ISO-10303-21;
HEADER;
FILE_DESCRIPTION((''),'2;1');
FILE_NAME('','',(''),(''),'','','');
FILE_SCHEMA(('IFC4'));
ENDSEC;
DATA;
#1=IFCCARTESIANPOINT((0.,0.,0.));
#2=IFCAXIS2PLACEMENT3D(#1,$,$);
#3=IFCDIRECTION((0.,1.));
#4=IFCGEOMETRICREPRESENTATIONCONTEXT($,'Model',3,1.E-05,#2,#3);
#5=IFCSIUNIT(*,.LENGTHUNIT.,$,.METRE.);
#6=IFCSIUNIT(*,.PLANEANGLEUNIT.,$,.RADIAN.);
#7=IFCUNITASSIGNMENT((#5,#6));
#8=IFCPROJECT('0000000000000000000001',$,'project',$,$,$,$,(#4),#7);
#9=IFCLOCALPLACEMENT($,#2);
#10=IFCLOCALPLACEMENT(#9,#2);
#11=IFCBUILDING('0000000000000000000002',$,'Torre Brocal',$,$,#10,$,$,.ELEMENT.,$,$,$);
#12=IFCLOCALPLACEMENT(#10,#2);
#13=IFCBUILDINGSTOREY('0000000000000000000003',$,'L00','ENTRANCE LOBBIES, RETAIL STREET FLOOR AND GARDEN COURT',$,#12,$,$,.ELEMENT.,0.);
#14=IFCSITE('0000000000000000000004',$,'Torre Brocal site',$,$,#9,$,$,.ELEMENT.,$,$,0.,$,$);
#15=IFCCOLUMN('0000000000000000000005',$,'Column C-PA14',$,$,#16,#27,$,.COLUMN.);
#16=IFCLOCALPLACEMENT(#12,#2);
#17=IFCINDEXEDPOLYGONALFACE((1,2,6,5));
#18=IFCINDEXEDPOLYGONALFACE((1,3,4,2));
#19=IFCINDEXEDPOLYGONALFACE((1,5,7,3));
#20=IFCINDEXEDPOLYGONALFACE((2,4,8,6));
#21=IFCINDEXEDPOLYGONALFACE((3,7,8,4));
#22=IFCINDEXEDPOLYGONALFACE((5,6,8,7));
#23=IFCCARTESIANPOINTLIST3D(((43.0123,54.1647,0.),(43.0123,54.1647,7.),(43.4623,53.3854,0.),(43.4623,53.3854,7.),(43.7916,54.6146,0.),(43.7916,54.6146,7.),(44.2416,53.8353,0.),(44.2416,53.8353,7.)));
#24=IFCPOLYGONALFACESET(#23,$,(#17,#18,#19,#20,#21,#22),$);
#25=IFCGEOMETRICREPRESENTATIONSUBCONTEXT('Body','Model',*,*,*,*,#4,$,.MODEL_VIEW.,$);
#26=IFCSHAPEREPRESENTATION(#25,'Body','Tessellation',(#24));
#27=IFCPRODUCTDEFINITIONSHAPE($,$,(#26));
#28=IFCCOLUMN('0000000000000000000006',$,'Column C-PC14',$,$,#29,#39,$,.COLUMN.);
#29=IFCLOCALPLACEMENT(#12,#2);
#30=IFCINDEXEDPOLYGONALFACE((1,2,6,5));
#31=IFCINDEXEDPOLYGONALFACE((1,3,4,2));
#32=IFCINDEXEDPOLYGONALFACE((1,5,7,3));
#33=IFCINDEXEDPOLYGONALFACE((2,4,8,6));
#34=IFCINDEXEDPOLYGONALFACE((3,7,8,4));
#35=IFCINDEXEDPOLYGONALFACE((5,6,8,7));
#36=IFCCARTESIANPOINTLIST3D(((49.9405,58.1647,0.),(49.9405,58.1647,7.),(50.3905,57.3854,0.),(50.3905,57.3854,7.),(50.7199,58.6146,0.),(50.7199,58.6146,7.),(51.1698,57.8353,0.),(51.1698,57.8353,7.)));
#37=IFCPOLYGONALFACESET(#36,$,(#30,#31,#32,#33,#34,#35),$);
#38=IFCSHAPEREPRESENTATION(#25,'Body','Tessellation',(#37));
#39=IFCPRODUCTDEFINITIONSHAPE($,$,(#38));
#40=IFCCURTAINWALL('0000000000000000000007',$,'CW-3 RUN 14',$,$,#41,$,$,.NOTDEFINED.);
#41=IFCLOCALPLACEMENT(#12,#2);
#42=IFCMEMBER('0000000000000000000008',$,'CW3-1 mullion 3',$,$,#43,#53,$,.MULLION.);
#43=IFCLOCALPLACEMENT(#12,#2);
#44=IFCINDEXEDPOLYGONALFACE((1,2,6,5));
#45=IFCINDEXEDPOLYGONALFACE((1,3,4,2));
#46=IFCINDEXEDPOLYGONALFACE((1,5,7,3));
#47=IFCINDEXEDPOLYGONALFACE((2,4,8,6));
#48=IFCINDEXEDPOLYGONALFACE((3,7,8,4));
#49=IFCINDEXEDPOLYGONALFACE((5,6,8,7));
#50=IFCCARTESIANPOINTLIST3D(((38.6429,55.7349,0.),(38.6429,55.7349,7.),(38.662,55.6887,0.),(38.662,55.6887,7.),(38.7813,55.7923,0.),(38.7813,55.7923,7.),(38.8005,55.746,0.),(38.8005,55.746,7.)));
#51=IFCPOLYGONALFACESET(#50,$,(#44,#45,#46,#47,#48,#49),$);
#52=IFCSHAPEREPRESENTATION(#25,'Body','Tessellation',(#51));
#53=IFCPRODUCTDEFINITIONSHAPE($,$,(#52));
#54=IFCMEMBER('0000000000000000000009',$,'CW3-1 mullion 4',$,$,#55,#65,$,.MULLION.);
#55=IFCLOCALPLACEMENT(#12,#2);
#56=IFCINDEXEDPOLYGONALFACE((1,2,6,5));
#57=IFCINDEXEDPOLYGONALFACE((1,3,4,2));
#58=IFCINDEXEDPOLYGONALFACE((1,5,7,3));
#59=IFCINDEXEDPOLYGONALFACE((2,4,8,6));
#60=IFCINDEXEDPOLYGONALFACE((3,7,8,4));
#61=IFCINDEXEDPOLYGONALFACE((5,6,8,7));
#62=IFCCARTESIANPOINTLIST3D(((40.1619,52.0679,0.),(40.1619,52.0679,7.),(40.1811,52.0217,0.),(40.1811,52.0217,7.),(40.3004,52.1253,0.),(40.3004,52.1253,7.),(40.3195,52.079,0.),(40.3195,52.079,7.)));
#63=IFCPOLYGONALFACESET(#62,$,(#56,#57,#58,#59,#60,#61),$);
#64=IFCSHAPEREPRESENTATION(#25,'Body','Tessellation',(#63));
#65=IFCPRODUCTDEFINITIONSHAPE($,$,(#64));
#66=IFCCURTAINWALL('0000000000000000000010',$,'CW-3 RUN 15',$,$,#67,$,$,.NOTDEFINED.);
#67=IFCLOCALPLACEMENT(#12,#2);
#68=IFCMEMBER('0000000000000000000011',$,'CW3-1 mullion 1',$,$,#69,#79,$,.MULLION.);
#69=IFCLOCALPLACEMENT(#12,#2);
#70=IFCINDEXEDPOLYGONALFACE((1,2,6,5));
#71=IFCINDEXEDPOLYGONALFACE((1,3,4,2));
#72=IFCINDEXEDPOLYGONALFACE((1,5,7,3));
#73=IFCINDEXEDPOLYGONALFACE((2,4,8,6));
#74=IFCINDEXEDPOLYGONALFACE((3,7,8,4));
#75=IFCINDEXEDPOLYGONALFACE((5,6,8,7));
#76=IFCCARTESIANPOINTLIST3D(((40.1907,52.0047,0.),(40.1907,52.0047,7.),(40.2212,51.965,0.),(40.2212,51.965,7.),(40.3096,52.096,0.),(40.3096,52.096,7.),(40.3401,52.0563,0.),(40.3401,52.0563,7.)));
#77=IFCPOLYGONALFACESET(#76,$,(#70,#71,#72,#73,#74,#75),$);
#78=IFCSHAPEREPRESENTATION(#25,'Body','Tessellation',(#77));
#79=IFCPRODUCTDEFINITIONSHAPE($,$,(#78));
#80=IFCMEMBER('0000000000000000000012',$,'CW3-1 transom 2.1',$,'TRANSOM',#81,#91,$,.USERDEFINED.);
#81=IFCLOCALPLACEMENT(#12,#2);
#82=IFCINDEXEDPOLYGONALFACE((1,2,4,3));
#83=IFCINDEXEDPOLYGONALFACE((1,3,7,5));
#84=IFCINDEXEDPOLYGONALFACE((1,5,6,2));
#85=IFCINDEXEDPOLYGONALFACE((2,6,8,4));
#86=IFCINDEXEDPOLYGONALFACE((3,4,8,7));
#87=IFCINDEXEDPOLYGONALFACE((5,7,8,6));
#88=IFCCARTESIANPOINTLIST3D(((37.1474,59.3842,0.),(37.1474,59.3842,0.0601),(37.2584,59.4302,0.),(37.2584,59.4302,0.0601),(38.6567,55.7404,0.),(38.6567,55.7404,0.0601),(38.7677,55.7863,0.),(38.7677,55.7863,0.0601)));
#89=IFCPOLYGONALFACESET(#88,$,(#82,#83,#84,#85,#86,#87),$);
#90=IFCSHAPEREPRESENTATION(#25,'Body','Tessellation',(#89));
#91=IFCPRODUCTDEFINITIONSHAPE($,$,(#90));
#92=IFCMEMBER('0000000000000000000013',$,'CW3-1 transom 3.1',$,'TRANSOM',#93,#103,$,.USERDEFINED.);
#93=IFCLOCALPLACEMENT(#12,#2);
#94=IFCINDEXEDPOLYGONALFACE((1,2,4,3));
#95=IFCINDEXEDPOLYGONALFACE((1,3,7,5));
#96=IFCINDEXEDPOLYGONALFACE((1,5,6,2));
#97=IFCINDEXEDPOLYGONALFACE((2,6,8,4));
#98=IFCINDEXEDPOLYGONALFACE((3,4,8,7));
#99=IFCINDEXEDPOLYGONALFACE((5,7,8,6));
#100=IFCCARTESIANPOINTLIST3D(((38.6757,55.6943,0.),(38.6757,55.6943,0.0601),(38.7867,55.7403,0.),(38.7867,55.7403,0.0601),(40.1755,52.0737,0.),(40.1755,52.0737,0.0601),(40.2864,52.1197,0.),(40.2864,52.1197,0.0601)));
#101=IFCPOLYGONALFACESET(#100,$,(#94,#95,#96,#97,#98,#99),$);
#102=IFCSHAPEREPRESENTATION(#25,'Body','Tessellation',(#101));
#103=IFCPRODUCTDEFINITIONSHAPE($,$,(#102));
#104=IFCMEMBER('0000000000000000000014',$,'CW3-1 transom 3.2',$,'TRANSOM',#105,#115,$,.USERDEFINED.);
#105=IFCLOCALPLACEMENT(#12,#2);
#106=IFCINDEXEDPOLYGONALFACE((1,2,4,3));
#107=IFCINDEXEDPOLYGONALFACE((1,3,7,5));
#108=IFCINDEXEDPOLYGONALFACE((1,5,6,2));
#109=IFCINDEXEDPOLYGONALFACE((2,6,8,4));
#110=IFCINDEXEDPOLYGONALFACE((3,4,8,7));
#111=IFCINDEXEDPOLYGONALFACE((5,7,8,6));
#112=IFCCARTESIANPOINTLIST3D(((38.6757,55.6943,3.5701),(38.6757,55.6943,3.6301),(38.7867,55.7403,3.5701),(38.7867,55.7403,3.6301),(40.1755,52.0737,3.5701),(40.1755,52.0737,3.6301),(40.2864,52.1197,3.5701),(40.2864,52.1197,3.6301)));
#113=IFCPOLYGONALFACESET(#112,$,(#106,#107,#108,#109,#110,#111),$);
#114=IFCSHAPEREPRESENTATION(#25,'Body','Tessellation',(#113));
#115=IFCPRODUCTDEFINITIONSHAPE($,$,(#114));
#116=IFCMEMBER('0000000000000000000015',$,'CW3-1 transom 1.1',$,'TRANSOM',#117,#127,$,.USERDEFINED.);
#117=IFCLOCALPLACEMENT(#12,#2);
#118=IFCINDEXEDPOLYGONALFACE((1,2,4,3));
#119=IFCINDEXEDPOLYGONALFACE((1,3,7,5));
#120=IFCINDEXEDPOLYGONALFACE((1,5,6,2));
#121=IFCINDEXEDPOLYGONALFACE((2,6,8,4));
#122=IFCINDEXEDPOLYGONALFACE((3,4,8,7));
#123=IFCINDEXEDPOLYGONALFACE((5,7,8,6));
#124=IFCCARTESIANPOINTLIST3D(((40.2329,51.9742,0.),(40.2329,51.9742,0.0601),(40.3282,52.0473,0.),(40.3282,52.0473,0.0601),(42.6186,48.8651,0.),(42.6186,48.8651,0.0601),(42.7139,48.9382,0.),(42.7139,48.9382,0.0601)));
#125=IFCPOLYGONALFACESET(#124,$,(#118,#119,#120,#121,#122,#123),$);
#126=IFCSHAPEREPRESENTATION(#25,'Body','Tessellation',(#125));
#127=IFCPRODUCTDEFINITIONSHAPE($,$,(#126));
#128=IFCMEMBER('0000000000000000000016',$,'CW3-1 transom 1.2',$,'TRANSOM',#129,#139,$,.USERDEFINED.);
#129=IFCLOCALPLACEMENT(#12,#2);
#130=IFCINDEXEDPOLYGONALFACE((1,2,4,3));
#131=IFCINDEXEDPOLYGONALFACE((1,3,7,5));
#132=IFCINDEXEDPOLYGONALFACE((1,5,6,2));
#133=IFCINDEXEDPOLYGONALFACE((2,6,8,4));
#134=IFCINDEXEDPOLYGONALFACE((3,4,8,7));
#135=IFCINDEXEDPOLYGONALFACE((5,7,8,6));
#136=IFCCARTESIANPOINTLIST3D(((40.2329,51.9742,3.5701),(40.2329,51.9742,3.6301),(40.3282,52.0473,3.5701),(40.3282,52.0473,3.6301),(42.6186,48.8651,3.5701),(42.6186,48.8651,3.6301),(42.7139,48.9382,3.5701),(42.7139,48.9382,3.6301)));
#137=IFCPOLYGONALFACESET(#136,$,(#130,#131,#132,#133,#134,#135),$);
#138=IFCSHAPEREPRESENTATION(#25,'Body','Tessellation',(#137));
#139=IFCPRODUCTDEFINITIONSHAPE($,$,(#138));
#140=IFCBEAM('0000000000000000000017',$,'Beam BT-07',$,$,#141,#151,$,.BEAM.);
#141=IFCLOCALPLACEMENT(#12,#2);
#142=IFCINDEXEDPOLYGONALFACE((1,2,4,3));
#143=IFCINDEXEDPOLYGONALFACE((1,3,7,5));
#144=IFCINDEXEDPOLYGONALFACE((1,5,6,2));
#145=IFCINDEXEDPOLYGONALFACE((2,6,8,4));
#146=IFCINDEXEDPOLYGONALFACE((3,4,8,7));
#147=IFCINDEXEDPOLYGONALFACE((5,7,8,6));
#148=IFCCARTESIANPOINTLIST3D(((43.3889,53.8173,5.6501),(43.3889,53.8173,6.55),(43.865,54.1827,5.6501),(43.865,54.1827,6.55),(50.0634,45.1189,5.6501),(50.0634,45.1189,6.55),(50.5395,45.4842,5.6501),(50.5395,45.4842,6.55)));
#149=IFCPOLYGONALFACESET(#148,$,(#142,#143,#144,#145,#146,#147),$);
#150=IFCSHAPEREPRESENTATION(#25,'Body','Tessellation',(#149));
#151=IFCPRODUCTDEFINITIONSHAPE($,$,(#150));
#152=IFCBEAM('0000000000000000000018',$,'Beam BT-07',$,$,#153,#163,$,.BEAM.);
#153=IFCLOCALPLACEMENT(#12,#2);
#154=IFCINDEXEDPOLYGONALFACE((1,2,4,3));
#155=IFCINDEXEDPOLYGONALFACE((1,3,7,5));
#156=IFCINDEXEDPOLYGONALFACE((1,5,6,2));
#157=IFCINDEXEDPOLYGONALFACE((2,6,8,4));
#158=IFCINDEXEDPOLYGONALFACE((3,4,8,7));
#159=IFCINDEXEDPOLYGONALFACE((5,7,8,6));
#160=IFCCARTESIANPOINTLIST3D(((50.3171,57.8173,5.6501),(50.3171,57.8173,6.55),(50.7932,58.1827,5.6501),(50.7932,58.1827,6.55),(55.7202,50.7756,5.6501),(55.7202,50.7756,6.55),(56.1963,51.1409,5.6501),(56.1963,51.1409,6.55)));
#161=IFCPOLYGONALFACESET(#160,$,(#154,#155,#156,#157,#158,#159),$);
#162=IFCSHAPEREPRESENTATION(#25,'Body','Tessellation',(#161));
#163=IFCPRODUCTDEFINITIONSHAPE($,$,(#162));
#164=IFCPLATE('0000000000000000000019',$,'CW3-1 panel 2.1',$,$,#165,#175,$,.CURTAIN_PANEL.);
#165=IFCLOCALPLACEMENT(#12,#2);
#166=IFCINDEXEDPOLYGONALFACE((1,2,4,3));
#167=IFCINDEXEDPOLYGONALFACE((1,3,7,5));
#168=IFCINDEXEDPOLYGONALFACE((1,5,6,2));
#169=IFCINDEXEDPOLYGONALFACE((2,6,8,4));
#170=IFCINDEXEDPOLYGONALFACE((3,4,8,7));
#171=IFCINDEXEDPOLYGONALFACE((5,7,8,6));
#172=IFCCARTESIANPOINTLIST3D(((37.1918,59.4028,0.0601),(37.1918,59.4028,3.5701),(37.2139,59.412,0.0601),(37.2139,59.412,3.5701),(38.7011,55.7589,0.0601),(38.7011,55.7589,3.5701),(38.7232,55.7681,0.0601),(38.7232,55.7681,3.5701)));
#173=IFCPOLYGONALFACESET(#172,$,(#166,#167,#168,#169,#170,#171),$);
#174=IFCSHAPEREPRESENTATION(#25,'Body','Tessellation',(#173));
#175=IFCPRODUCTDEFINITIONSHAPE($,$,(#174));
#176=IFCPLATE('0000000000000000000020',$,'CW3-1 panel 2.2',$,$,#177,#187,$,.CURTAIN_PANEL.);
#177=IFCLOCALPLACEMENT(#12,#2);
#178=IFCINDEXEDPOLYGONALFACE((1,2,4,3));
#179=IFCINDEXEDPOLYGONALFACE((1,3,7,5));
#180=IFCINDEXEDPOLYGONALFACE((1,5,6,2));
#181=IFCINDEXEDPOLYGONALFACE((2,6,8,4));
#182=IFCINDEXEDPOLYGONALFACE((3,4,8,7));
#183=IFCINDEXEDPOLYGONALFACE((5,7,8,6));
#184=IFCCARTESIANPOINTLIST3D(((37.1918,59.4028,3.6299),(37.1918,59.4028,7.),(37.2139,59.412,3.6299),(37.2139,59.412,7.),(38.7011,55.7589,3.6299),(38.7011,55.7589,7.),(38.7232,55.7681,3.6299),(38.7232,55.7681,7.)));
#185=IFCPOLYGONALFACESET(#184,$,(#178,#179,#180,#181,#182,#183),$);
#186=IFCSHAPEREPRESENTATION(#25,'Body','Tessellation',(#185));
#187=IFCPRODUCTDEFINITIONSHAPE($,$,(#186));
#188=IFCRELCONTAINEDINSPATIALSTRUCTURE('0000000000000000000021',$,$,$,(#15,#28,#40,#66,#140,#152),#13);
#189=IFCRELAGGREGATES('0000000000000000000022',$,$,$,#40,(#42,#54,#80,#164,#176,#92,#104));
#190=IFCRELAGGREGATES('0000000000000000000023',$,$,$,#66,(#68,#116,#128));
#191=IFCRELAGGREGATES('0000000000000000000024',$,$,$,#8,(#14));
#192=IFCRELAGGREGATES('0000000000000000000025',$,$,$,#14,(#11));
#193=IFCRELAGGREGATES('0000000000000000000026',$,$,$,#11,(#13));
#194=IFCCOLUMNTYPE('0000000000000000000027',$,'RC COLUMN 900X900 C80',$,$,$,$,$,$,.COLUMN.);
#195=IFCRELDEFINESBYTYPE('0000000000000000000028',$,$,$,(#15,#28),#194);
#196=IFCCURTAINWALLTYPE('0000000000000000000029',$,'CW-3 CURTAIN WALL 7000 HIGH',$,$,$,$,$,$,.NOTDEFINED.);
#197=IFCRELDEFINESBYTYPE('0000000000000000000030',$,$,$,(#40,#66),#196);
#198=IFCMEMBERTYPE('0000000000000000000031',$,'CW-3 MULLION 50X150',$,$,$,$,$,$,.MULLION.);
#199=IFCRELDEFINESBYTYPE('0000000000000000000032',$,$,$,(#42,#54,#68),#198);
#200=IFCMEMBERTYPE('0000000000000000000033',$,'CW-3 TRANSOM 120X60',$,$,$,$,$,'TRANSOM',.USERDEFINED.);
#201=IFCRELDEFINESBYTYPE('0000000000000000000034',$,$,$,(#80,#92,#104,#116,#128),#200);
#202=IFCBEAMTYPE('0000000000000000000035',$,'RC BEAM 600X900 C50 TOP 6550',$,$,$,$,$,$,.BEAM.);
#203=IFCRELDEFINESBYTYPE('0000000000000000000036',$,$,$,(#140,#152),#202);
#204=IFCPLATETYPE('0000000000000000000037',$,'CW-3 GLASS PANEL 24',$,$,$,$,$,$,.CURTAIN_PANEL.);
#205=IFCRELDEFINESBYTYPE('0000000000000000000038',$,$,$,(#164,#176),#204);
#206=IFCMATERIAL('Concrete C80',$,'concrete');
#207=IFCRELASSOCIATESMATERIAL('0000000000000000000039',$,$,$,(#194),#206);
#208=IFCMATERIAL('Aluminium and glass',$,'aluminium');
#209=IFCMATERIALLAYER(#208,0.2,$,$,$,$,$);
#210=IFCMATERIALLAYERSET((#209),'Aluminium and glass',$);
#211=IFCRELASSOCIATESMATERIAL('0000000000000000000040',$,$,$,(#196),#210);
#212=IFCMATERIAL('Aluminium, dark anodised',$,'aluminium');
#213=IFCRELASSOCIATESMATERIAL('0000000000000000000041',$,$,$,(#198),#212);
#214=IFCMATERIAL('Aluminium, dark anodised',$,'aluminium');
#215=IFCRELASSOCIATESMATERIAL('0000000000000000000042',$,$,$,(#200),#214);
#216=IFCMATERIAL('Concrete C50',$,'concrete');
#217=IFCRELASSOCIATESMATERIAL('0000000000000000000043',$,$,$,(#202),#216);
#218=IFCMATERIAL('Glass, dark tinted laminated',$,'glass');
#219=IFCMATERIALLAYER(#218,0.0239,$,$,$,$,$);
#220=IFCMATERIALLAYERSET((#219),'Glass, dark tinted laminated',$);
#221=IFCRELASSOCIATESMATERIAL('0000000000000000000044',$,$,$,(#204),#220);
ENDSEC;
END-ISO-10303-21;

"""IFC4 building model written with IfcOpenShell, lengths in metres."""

from ifc_helpers import new_model, si_unit, direction, frame, origin, origin_2d, place, context, subcontext, project, spatial, rectangle, extrude, material, layer, layer_set, material_profile, profile_set, type_object, element, aggregate, save


model = new_model("IFC4")

# Units and contexts
model_context = context("Model", 3, precision=1e-05, world=origin(), true_north=direction((0.0, 1.0)))
body_context = subcontext(model_context, "Body", "Model", "MODEL_VIEW")
ifc_project = project(units=[si_unit("LENGTHUNIT", "METRE"), si_unit("PLANEANGLEUNIT", "RADIAN")], contexts=[model_context])

# Site, building, storey
site_placement = place(None, origin())
site = spatial("IfcSite", under=ifc_project, at=site_placement, Name="Torre Brocal site", CompositionType="ELEMENT", RefElevation=0.0)
building_placement = place(site_placement, origin())
building = spatial("IfcBuilding", under=site, at=building_placement, Name="Torre Brocal", CompositionType="ELEMENT")
storey_placement = place(building_placement, origin())
storey = spatial("IfcBuildingStorey", under=building, at=storey_placement, Name="L00", Description="ENTRANCE LOBBIES, RETAIL STREET FLOOR AND GARDEN COURT", CompositionType="ELEMENT", Elevation=0.0)

# Columns
ifc_material_1 = material(Name="Concrete C80", Category="concrete")
ifc_material_profile_1 = material_profile(ifc_material_1, rectangle(XDim=0.8999, YDim=0.8999, at=origin_2d()), Name="RC 900X900")
ifc_profile_set_1 = profile_set([ifc_material_profile_1], Name="Concrete C80")
column_type = type_object("IfcColumnType", Name="RC COLUMN 900X900 C80", PredefinedType="COLUMN", material=ifc_profile_set_1)
for number, where, z_axis, x_axis, name in (
    (1, (43.627, 54.0, 0.0), (0.0, 0.0, 1.0), (-0.866025, -0.5, 0.0), "Column C-PA14"),
    (2, (50.5552, 58.0, 0.0), (0.0, 0.0, 1.0), (-0.866025, -0.5, 0.0), "Column C-PC14"),
):
    element("IfcColumn", number, at=place(storey_placement, frame(where, z_axis=z_axis, x_axis=x_axis)), inside=storey, type_object=column_type, Name=name, PredefinedType="COLUMN", context=body_context, shape_type="SweptSolid", body=[
        extrude(rectangle(XDim=0.8999, YDim=0.8999, at=origin_2d()), origin(), (0.0, 0.0, 1.0), 7.0),
    ])

# Curtain wall, members
ifc_material_2 = material(Name="Aluminium and glass", Category="aluminium")
ifc_layer_1 = layer(ifc_material_2, 0.2)
ifc_layer_set_1 = layer_set([ifc_layer_1], Name="Aluminium and glass")
curtain_wall_type = type_object("IfcCurtainWallType", Name="CW-3 CURTAIN WALL 7000 HIGH", PredefinedType="NOTDEFINED", material=ifc_layer_set_1)
curtain_wall_1_placement = place(storey_placement, origin())
curtain_wall_1 = element("IfcCurtainWall", 3, at=curtain_wall_1_placement, inside=storey, type_object=curtain_wall_type, Name="CW-3 RUN 14", PredefinedType="NOTDEFINED")
ifc_material_3 = material(Name="Aluminium, dark anodised", Category="aluminium")
ifc_material_profile_2 = material_profile(ifc_material_3, rectangle(XDim=0.1499, YDim=0.05, at=origin_2d()), Name="CW-3 MULLION 50X150")
ifc_profile_set_2 = profile_set([ifc_material_profile_2], Name="Aluminium, dark anodised")
member_type_1 = type_object("IfcMemberType", Name="CW-3 MULLION 50X150", PredefinedType="MULLION", material=ifc_profile_set_2)
member_1_placement = place(storey_placement, frame((38.7217, 55.7405, 0.0), z_axis=(0.0, 0.0, 1.0), x_axis=(0.92388, 0.382683, 0.0)))
member_1 = element("IfcMember", 4, at=member_1_placement, type_object=member_type_1, Name="CW3-1 mullion 3", PredefinedType="MULLION", context=body_context, shape_type="SweptSolid", body=[
    extrude(rectangle(XDim=0.1499, YDim=0.05, at=origin_2d()), origin(), (0.0, 0.0, 1.0), 7.0),
])
member_2_placement = place(storey_placement, frame((40.2407, 52.0735, 0.0), z_axis=(0.0, 0.0, 1.0), x_axis=(0.92388, 0.382683, 0.0)))
member_2 = element("IfcMember", 5, at=member_2_placement, type_object=member_type_1, Name="CW3-1 mullion 4", PredefinedType="MULLION", context=body_context, shape_type="SweptSolid", body=[
    extrude(rectangle(XDim=0.1499, YDim=0.05, at=origin_2d()), origin(), (0.0, 0.0, 1.0), 7.0),
])

# Curtain wall, member
curtain_wall_2_placement = place(storey_placement, origin())
curtain_wall_2 = element("IfcCurtainWall", 6, at=curtain_wall_2_placement, inside=storey, type_object=curtain_wall_type, Name="CW-3 RUN 15", PredefinedType="NOTDEFINED")
member_3_placement = place(storey_placement, frame((40.2654, 52.0305, 0.0), z_axis=(0.0, 0.0, 1.0), x_axis=(0.793353, 0.608761, 0.0)))
member_3 = element("IfcMember", 7, at=member_3_placement, type_object=member_type_1, Name="CW3-1 mullion 1", PredefinedType="MULLION", context=body_context, shape_type="SweptSolid", body=[
    extrude(rectangle(XDim=0.1499, YDim=0.05, at=origin_2d()), origin(), (0.0, 0.0, 1.0), 7.0),
])

# Members
ifc_material_4 = material(Name="Aluminium, dark anodised", Category="aluminium")
ifc_material_profile_3 = material_profile(ifc_material_4, rectangle(XDim=0.1201, YDim=0.0601, at=origin_2d()), Name="CW-3 TRANSOM 120X60")
ifc_profile_set_3 = profile_set([ifc_material_profile_3], Name="Aluminium, dark anodised")
member_type_2 = type_object("IfcMemberType", Name="CW-3 TRANSOM 120X60", ElementType="TRANSOM", PredefinedType="USERDEFINED", material=ifc_profile_set_3)
member_4_placement = place(storey_placement, frame((37.2029, 59.4072, 0.03), z_axis=(0.382676, -0.923883, 0.0), x_axis=(0.923883, 0.382676, 0.0)))
member_4 = element("IfcMember", 8, at=member_4_placement, type_object=member_type_2, Name="CW3-1 transom 2.1", ObjectType="TRANSOM", PredefinedType="USERDEFINED", context=body_context, shape_type="SweptSolid", body=[
    extrude(rectangle(XDim=0.1201, YDim=0.0601, at=origin_2d()), origin(), (0.0, 0.0, 1.0), 3.9441),
])
member_5_placement = place(storey_placement, frame((38.7312, 55.7173, 0.03), z_axis=(0.382695, -0.923875, 0.0), x_axis=(0.923875, 0.382695, 0.0)))
member_5 = element("IfcMember", 9, at=member_5_placement, type_object=member_type_2, Name="CW3-1 transom 3.1", ObjectType="TRANSOM", PredefinedType="USERDEFINED", context=body_context, shape_type="SweptSolid", body=[
    extrude(rectangle(XDim=0.1201, YDim=0.0601, at=origin_2d()), origin(), (0.0, 0.0, 1.0), 3.9189),
])
member_6_placement = place(storey_placement, frame((38.7312, 55.7173, 3.6001), z_axis=(0.382695, -0.923875, 0.0), x_axis=(0.923875, 0.382695, 0.0)))
member_6 = element("IfcMember", 10, at=member_6_placement, type_object=member_type_2, Name="CW3-1 transom 3.2", ObjectType="TRANSOM", PredefinedType="USERDEFINED", context=body_context, shape_type="SweptSolid", body=[
    extrude(rectangle(XDim=0.1201, YDim=0.0601, at=origin_2d()), origin(), (0.0, 0.0, 1.0), 3.9189),
])
member_7_placement = place(storey_placement, frame((40.2805, 52.0107, 0.03), z_axis=(0.608765, -0.793351, 0.0), x_axis=(0.793351, 0.608765, 0.0)))
member_7 = element("IfcMember", 11, at=member_7_placement, type_object=member_type_2, Name="CW3-1 transom 1.1", ObjectType="TRANSOM", PredefinedType="USERDEFINED", context=body_context, shape_type="SweptSolid", body=[
    extrude(rectangle(XDim=0.1201, YDim=0.0601, at=origin_2d()), origin(), (0.0, 0.0, 1.0), 3.9189),
])
member_8_placement = place(storey_placement, frame((40.2805, 52.0107, 3.6001), z_axis=(0.608765, -0.793351, 0.0), x_axis=(0.793351, 0.608765, 0.0)))
member_8 = element("IfcMember", 12, at=member_8_placement, type_object=member_type_2, Name="CW3-1 transom 1.2", ObjectType="TRANSOM", PredefinedType="USERDEFINED", context=body_context, shape_type="SweptSolid", body=[
    extrude(rectangle(XDim=0.1201, YDim=0.0601, at=origin_2d()), origin(), (0.0, 0.0, 1.0), 3.9189),
])

# Beams
ifc_material_5 = material(Name="Concrete C50", Category="concrete")
ifc_material_profile_4 = material_profile(ifc_material_5, rectangle(XDim=0.6001, YDim=0.8999, at=origin_2d()), Name="RC 600X900")
ifc_profile_set_4 = profile_set([ifc_material_profile_4], Name="Concrete C50")
beam_type = type_object("IfcBeamType", Name="RC BEAM 600X900 C50 TOP 6550", PredefinedType="BEAM", material=ifc_profile_set_4)
beam_1_placement = place(storey_placement, frame((43.627, 54.0, 6.1001), z_axis=(0.60876, -0.793354, 0.0), x_axis=(0.793354, 0.60876, 0.0)))
element("IfcBeam", 13, at=beam_1_placement, inside=storey, type_object=beam_type, Name="Beam BT-07", PredefinedType="BEAM", context=body_context, shape_type="SweptSolid", body=[
    extrude(rectangle(XDim=0.6001, YDim=0.8999, at=origin_2d()), origin(), (0.0, 0.0, 1.0), 10.9641),
])
beam_2_placement = place(storey_placement, frame((50.5552, 58.0, 6.1001), z_axis=(0.608744, -0.793367, 0.0), x_axis=(0.793367, 0.608744, 0.0)))
element("IfcBeam", 14, at=beam_2_placement, inside=storey, type_object=beam_type, Name="Beam BT-07", PredefinedType="BEAM", context=body_context, shape_type="SweptSolid", body=[
    extrude(rectangle(XDim=0.6001, YDim=0.8999, at=origin_2d()), origin(), (0.0, 0.0, 1.0), 8.8757),
])

# Plates
ifc_material_6 = material(Name="Glass, dark tinted laminated", Category="glass")
ifc_layer_2 = layer(ifc_material_6, 0.0239)
ifc_layer_set_2 = layer_set([ifc_layer_2], Name="Glass, dark tinted laminated")
plate_type = type_object("IfcPlateType", Name="CW-3 GLASS PANEL 24", PredefinedType="CURTAIN_PANEL", material=ifc_layer_set_2)
plate_1_placement = place(storey_placement, frame((37.9575, 57.5854, 0.0601), z_axis=(0.0, 0.0, 1.0), x_axis=(0.382683, -0.92388, 0.0)))
plate_1 = element("IfcPlate", 15, at=plate_1_placement, type_object=plate_type, Name="CW3-1 panel 2.1", PredefinedType="CURTAIN_PANEL", context=body_context, shape_type="SweptSolid", body=[
    extrude(rectangle(XDim=3.9441, YDim=0.0239, at=origin_2d()), origin(), (0.0, 0.0, 1.0), 3.51),
])
plate_2_placement = place(storey_placement, frame((37.9575, 57.5854, 3.6299), z_axis=(0.0, 0.0, 1.0), x_axis=(0.382683, -0.92388, 0.0)))
plate_2 = element("IfcPlate", 16, at=plate_2_placement, type_object=plate_type, Name="CW3-1 panel 2.2", PredefinedType="CURTAIN_PANEL", context=body_context, shape_type="SweptSolid", body=[
    extrude(rectangle(XDim=3.9441, YDim=0.0239, at=origin_2d()), origin(), (0.0, 0.0, 1.0), 3.3701),
])
aggregate(curtain_wall_1, [member_1, member_2, member_4, plate_1, plate_2, member_5, member_6])
aggregate(curtain_wall_2, [member_3, member_7, member_8])

save(model, "model.ifc")
